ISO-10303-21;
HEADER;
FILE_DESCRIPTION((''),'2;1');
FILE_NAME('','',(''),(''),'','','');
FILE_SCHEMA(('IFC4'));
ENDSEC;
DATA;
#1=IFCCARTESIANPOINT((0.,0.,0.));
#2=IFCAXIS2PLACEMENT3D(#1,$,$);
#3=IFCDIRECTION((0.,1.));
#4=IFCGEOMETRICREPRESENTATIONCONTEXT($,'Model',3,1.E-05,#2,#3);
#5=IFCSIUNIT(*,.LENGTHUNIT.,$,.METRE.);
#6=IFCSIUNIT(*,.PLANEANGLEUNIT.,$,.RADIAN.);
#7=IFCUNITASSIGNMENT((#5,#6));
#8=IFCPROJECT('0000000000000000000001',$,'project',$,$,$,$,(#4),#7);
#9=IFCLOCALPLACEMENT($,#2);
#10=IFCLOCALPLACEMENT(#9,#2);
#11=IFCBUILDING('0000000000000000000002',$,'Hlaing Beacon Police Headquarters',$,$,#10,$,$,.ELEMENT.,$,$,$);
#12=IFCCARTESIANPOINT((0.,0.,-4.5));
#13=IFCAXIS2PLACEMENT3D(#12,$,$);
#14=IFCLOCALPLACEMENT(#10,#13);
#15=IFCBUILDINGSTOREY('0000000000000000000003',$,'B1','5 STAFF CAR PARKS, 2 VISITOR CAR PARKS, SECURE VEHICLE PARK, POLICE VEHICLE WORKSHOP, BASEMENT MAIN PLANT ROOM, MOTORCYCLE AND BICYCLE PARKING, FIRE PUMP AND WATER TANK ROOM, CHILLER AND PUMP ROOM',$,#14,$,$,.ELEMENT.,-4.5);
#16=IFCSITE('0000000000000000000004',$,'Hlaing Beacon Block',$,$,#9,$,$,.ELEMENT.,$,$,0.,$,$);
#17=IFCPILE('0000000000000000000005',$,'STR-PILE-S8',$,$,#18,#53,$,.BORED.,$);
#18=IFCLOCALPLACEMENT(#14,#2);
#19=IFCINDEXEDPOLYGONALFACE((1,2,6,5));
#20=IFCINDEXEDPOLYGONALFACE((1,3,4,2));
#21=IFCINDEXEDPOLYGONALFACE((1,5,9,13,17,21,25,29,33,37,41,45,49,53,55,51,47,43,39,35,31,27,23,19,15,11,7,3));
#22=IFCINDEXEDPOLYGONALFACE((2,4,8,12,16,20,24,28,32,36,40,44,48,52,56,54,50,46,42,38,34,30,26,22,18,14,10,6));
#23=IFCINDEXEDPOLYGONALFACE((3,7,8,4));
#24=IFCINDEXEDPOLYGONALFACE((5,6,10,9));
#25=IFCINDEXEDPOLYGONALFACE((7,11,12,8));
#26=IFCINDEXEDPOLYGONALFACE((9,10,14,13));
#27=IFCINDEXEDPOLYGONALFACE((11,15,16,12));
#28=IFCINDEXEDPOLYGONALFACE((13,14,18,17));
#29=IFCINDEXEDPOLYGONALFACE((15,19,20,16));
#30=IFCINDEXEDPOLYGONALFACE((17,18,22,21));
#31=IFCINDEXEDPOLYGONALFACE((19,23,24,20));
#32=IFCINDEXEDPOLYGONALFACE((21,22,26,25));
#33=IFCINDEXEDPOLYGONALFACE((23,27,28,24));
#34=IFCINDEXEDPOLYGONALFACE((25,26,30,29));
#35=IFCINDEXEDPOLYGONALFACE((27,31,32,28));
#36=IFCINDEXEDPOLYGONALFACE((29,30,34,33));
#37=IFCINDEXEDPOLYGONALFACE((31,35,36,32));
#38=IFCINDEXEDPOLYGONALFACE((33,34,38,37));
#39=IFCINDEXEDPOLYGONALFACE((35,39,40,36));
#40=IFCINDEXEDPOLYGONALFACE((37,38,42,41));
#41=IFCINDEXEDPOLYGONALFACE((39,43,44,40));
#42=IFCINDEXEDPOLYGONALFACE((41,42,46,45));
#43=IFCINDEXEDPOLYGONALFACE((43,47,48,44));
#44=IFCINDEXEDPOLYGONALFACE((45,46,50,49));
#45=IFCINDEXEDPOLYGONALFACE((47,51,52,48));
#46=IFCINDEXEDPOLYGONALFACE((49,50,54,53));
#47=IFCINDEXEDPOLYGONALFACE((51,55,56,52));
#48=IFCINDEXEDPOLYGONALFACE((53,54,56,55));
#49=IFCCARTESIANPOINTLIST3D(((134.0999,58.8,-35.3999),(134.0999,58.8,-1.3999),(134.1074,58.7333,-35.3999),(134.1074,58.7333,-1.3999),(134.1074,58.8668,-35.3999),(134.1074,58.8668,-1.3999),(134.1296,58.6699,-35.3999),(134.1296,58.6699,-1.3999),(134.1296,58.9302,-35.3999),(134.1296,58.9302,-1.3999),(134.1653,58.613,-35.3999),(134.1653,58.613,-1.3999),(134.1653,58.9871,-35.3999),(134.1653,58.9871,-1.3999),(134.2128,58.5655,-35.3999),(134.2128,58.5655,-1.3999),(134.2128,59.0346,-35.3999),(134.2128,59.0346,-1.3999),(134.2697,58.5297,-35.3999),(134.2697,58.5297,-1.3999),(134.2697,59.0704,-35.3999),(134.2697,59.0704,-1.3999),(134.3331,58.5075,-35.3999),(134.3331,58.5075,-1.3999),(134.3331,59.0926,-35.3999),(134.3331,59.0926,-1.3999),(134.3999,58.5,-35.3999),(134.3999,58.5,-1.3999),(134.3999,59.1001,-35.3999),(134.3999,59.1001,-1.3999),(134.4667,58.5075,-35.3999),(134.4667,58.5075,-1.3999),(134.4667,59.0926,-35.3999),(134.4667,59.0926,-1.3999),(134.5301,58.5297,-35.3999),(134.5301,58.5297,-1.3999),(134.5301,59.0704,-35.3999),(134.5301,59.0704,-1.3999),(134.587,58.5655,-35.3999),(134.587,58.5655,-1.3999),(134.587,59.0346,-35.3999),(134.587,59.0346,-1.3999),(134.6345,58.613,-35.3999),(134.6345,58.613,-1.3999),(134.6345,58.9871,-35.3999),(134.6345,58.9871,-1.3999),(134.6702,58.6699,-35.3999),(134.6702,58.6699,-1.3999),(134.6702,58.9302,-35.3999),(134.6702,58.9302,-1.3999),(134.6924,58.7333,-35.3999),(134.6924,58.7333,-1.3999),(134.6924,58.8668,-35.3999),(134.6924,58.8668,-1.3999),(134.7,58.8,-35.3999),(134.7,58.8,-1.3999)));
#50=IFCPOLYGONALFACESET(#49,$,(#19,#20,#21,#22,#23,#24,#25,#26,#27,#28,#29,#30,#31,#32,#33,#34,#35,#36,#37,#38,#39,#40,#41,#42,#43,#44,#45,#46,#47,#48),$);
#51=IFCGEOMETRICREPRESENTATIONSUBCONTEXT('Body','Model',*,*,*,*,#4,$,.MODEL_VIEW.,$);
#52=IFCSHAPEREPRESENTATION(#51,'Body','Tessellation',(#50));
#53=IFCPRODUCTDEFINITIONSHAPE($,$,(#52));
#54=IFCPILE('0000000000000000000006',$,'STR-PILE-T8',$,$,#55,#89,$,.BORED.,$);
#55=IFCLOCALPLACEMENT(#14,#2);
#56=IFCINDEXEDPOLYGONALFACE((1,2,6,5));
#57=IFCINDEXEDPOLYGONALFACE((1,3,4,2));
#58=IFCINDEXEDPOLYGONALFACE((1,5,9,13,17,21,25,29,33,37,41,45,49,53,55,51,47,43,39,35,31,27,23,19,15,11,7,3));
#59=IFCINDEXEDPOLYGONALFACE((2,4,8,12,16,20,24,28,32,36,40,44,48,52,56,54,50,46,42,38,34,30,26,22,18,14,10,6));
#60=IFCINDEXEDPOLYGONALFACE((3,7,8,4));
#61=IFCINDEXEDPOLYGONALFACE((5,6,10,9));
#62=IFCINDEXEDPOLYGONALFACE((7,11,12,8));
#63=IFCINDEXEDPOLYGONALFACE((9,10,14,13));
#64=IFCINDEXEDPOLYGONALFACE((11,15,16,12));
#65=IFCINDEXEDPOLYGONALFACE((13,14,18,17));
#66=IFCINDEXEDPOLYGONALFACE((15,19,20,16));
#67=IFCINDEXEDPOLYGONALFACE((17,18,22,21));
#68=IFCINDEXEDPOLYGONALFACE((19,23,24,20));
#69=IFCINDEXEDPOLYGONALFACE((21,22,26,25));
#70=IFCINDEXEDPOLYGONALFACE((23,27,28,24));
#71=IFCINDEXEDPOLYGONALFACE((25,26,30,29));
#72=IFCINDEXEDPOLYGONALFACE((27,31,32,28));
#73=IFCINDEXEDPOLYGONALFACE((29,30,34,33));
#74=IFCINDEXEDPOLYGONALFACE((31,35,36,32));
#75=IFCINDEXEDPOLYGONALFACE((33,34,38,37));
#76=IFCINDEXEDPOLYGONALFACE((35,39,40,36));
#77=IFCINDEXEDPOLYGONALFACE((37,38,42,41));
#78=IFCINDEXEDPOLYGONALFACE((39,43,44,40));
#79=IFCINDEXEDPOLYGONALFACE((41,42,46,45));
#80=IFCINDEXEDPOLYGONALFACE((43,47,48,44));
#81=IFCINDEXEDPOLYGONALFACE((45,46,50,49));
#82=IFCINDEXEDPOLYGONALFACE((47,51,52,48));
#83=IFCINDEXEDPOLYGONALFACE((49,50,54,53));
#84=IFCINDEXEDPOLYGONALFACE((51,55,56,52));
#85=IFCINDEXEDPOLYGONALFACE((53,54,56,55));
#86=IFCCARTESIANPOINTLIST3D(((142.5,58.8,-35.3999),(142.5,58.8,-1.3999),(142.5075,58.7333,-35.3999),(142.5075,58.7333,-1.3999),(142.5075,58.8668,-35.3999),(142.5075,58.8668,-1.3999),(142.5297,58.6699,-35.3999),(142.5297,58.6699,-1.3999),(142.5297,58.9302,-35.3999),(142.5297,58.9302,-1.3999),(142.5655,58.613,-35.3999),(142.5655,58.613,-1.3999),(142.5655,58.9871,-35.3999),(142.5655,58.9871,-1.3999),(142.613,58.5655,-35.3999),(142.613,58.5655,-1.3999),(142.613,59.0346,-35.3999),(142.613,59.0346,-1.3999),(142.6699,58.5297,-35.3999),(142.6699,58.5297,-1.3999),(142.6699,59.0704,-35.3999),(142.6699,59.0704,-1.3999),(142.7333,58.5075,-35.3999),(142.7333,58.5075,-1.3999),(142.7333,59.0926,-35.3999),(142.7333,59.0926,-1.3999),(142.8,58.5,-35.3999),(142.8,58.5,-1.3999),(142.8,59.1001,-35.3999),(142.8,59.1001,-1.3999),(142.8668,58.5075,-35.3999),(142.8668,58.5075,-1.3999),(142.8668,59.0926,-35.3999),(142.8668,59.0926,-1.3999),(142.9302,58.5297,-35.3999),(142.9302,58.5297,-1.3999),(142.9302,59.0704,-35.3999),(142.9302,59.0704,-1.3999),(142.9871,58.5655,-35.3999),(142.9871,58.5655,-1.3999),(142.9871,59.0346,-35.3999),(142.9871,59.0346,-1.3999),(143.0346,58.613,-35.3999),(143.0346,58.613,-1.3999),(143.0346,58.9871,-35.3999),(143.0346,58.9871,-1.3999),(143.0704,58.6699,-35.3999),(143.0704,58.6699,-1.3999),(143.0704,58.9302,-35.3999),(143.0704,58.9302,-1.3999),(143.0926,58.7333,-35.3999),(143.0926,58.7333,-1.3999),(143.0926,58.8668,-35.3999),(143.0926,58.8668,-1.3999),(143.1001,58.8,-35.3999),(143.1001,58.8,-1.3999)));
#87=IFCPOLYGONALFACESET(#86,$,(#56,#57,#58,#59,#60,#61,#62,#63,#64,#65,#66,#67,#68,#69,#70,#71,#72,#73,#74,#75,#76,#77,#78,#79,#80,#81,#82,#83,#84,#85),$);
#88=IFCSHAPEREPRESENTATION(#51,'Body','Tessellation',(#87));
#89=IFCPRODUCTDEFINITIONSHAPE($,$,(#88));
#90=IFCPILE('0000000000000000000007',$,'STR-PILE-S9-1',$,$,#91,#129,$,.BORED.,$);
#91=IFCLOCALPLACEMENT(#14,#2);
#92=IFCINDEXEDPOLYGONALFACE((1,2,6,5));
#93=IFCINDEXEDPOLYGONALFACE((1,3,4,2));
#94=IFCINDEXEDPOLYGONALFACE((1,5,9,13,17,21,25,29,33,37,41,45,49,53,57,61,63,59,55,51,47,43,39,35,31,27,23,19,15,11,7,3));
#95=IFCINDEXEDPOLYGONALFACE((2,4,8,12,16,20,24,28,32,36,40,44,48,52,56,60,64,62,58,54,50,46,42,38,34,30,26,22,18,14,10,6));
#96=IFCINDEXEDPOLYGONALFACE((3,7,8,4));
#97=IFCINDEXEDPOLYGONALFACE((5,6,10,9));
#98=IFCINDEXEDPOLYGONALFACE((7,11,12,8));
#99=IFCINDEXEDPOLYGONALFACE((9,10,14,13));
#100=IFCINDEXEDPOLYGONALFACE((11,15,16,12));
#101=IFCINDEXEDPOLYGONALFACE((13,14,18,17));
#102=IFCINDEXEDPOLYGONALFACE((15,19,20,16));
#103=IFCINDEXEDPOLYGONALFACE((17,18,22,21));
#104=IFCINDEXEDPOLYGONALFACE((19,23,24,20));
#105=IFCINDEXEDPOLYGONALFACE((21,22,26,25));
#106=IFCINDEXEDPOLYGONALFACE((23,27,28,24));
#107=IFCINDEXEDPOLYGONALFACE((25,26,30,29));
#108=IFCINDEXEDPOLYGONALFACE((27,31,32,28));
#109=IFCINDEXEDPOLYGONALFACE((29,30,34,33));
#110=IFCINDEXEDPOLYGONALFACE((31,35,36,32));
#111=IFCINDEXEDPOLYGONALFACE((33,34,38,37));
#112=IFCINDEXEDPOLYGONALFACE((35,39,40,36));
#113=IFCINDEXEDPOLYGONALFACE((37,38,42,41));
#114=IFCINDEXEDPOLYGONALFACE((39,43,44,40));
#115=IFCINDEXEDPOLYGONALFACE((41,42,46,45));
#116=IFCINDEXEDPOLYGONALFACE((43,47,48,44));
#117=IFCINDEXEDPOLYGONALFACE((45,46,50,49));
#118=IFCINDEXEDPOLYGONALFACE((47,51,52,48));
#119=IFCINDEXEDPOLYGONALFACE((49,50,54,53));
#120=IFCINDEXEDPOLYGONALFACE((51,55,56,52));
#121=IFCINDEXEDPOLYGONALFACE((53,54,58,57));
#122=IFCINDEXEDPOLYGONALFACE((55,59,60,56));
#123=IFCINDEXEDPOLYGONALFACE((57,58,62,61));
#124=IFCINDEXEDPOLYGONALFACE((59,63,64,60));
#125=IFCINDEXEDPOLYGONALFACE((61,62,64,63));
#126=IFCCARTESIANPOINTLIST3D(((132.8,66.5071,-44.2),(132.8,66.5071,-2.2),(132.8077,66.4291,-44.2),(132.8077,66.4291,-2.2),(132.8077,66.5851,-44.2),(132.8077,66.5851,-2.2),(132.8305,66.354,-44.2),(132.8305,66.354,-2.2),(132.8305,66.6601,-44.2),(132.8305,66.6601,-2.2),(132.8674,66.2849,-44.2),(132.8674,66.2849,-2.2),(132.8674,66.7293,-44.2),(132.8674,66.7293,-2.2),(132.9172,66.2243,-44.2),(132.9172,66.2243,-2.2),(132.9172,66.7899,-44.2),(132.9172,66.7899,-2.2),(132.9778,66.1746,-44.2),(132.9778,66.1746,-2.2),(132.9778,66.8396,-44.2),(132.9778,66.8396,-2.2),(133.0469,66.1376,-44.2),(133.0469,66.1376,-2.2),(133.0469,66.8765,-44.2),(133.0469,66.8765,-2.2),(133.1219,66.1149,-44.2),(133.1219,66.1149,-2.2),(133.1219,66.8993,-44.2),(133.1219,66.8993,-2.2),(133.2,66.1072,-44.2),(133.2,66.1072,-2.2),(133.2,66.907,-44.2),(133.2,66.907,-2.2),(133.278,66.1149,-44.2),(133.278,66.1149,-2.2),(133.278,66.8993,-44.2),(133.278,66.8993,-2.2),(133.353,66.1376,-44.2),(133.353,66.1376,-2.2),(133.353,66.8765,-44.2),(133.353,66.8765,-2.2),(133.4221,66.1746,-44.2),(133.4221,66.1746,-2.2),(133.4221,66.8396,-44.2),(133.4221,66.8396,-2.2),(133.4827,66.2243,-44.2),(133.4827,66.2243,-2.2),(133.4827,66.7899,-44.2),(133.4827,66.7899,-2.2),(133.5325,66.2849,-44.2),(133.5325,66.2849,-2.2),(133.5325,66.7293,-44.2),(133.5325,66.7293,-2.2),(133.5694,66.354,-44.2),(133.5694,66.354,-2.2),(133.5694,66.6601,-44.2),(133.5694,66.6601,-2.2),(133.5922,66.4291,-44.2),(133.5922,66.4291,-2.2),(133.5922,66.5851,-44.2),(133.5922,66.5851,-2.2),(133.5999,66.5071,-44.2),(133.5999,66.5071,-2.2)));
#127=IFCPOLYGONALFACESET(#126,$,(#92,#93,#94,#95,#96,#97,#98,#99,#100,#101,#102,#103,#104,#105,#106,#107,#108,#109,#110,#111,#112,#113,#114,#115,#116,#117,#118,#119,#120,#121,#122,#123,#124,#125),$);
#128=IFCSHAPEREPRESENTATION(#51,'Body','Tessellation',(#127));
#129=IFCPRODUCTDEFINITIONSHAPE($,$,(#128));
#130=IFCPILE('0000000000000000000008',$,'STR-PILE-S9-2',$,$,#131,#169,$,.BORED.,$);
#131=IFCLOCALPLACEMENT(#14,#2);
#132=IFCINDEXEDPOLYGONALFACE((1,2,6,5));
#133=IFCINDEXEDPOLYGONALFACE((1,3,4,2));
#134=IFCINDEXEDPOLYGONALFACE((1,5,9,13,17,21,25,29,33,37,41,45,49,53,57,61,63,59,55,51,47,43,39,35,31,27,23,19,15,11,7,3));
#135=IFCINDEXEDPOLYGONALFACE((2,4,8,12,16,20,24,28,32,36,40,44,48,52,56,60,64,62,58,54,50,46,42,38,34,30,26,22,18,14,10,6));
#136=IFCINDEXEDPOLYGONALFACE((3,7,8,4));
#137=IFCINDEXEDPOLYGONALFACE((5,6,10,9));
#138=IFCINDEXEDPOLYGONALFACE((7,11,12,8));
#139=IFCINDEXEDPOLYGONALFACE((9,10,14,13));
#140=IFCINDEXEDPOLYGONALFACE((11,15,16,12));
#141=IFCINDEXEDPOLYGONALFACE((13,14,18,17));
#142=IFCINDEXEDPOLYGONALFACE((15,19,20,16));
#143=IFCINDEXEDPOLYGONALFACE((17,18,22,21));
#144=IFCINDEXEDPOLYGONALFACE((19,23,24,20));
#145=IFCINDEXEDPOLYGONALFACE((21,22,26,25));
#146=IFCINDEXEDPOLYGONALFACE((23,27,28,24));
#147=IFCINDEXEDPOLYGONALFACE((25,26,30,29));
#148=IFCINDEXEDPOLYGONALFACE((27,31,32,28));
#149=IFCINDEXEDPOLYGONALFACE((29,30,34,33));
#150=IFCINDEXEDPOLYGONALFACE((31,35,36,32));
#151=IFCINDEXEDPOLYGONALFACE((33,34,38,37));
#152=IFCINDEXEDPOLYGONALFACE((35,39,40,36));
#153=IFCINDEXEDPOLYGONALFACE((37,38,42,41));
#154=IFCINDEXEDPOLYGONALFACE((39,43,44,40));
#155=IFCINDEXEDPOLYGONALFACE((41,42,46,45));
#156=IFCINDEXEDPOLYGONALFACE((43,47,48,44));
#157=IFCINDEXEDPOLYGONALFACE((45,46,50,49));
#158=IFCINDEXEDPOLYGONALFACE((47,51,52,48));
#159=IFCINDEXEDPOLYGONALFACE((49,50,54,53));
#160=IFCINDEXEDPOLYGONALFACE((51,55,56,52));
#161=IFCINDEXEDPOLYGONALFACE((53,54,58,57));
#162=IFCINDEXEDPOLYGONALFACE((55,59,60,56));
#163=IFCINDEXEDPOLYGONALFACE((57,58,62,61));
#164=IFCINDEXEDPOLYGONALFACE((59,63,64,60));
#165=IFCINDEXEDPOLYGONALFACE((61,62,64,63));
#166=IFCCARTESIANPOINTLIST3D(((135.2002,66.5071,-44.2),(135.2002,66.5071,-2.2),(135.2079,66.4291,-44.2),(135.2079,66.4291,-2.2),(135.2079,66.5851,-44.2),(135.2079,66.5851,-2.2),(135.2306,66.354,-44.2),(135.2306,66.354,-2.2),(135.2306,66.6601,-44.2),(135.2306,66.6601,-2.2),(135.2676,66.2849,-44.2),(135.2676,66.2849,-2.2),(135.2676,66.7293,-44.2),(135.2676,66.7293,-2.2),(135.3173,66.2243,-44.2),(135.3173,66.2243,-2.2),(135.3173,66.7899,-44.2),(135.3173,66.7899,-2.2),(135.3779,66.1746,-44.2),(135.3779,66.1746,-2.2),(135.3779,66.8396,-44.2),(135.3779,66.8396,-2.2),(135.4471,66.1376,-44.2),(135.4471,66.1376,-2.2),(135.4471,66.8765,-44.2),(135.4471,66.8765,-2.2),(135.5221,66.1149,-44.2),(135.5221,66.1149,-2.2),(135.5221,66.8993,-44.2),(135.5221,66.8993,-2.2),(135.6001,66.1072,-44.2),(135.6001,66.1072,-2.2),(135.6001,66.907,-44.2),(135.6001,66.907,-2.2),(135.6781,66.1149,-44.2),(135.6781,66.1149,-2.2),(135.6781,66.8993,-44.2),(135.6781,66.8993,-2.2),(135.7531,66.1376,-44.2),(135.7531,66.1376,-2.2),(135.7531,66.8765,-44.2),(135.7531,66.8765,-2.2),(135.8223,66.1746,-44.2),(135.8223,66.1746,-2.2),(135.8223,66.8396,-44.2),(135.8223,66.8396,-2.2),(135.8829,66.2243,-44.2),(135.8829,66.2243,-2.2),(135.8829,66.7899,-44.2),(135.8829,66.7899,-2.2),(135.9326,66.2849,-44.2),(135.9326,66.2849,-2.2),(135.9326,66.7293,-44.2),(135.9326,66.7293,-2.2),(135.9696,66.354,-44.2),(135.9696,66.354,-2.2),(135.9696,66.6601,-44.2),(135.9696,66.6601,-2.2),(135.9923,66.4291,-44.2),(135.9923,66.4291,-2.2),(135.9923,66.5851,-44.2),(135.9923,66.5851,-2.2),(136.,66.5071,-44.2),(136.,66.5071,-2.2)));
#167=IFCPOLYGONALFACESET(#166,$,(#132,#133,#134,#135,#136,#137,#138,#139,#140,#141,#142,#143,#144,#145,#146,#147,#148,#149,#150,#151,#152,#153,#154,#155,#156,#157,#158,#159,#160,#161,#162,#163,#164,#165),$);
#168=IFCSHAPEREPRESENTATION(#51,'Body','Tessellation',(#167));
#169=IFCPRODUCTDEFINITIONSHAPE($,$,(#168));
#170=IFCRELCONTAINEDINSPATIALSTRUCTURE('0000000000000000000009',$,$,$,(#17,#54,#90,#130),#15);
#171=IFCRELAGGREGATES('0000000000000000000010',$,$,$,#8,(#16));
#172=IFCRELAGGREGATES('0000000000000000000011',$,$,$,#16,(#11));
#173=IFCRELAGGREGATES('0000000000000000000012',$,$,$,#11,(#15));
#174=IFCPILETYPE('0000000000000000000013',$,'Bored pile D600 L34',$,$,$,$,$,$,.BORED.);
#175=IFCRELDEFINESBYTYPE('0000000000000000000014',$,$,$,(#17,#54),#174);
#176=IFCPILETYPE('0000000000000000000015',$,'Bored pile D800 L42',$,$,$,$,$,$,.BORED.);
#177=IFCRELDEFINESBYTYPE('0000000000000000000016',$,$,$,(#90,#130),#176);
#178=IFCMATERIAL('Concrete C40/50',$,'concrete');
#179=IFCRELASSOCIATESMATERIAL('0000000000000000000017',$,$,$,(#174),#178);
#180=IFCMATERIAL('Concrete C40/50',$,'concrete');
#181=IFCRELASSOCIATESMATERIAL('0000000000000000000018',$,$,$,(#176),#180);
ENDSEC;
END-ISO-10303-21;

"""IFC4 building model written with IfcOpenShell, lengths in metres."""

from ifc_helpers import new_model, si_unit, direction, frame, origin, origin_2d, place, context, subcontext, project, spatial, circle, extrude, material, material_profile, profile_set, type_object, element, save


model = new_model("IFC4")

# Units and contexts
model_context = context("Model", 3, precision=1e-05, world=origin(), true_north=direction((0.0, 1.0)))
body_context = subcontext(model_context, "Body", "Model", "MODEL_VIEW")
ifc_project = project(units=[si_unit("LENGTHUNIT", "METRE"), si_unit("PLANEANGLEUNIT", "RADIAN")], contexts=[model_context])

# Site, building, storey
site_placement = place(None, origin())
site = spatial("IfcSite", under=ifc_project, at=site_placement, Name="Hlaing Beacon Block", CompositionType="ELEMENT", RefElevation=0.0)
building_placement = place(site_placement, origin())
building = spatial("IfcBuilding", under=site, at=building_placement, Name="Hlaing Beacon Police Headquarters", CompositionType="ELEMENT")
storey_placement = place(building_placement, frame((0.0, 0.0, -4.5)))
storey = spatial("IfcBuildingStorey", under=building, at=storey_placement, Name="B1", Description="5 STAFF CAR PARKS, 2 VISITOR CAR PARKS, SECURE VEHICLE PARK, POLICE VEHICLE WORKSHOP, BASEMENT MAIN PLANT ROOM, MOTORCYCLE AND BICYCLE PARKING, FIRE PUMP AND WATER TANK ROOM, CHILLER AND PUMP ROOM", CompositionType="ELEMENT", Elevation=-4.5)

# Piles
ifc_material_1 = material(Name="Concrete C40/50", Category="concrete")
ifc_material_profile_1 = material_profile(ifc_material_1, circle(Radius=0.3, at=origin_2d()), Name="D600")
ifc_profile_set_1 = profile_set([ifc_material_profile_1], Name="Concrete C40/50")
pile_type_1 = type_object("IfcPileType", Name="Bored pile D600 L34", PredefinedType="BORED", material=ifc_profile_set_1)
for number, where, z_axis, x_axis, name in (
    (1, (134.3999, 58.8, -1.3999), (0.0, 0.0, -1.0), (1.0, 0.0, 0.0), "STR-PILE-S8"),
    (2, (142.8, 58.8, -1.3999), (0.0, 0.0, -1.0), (1.0, 0.0, 0.0), "STR-PILE-T8"),
):
    element("IfcPile", number, at=place(storey_placement, frame(where, z_axis=z_axis, x_axis=x_axis)), inside=storey, type_object=pile_type_1, Name=name, PredefinedType="BORED", context=body_context, shape_type="SweptSolid", body=[
        extrude(circle(Radius=0.3, at=origin_2d()), origin(), (0.0, 0.0, 1.0), 34.0),
    ])
ifc_material_2 = material(Name="Concrete C40/50", Category="concrete")
ifc_material_profile_2 = material_profile(ifc_material_2, circle(Radius=0.3999, at=origin_2d()), Name="D800")
ifc_profile_set_2 = profile_set([ifc_material_profile_2], Name="Concrete C40/50")
pile_type_2 = type_object("IfcPileType", Name="Bored pile D800 L42", PredefinedType="BORED", material=ifc_profile_set_2)
for number, where, z_axis, x_axis, name in (
    (3, (133.2, 66.5071, -2.2), (0.0, 0.0, -1.0), (1.0, 0.0, 0.0), "STR-PILE-S9-1"),
    (4, (135.6001, 66.5071, -2.2), (0.0, 0.0, -1.0), (1.0, 0.0, 0.0), "STR-PILE-S9-2"),
):
    element("IfcPile", number, at=place(storey_placement, frame(where, z_axis=z_axis, x_axis=x_axis)), inside=storey, type_object=pile_type_2, Name=name, PredefinedType="BORED", context=body_context, shape_type="SweptSolid", body=[
        extrude(circle(Radius=0.3999, at=origin_2d()), origin(), (0.0, 0.0, 1.0), 42.0),
    ])

save(model, "model.ifc")
